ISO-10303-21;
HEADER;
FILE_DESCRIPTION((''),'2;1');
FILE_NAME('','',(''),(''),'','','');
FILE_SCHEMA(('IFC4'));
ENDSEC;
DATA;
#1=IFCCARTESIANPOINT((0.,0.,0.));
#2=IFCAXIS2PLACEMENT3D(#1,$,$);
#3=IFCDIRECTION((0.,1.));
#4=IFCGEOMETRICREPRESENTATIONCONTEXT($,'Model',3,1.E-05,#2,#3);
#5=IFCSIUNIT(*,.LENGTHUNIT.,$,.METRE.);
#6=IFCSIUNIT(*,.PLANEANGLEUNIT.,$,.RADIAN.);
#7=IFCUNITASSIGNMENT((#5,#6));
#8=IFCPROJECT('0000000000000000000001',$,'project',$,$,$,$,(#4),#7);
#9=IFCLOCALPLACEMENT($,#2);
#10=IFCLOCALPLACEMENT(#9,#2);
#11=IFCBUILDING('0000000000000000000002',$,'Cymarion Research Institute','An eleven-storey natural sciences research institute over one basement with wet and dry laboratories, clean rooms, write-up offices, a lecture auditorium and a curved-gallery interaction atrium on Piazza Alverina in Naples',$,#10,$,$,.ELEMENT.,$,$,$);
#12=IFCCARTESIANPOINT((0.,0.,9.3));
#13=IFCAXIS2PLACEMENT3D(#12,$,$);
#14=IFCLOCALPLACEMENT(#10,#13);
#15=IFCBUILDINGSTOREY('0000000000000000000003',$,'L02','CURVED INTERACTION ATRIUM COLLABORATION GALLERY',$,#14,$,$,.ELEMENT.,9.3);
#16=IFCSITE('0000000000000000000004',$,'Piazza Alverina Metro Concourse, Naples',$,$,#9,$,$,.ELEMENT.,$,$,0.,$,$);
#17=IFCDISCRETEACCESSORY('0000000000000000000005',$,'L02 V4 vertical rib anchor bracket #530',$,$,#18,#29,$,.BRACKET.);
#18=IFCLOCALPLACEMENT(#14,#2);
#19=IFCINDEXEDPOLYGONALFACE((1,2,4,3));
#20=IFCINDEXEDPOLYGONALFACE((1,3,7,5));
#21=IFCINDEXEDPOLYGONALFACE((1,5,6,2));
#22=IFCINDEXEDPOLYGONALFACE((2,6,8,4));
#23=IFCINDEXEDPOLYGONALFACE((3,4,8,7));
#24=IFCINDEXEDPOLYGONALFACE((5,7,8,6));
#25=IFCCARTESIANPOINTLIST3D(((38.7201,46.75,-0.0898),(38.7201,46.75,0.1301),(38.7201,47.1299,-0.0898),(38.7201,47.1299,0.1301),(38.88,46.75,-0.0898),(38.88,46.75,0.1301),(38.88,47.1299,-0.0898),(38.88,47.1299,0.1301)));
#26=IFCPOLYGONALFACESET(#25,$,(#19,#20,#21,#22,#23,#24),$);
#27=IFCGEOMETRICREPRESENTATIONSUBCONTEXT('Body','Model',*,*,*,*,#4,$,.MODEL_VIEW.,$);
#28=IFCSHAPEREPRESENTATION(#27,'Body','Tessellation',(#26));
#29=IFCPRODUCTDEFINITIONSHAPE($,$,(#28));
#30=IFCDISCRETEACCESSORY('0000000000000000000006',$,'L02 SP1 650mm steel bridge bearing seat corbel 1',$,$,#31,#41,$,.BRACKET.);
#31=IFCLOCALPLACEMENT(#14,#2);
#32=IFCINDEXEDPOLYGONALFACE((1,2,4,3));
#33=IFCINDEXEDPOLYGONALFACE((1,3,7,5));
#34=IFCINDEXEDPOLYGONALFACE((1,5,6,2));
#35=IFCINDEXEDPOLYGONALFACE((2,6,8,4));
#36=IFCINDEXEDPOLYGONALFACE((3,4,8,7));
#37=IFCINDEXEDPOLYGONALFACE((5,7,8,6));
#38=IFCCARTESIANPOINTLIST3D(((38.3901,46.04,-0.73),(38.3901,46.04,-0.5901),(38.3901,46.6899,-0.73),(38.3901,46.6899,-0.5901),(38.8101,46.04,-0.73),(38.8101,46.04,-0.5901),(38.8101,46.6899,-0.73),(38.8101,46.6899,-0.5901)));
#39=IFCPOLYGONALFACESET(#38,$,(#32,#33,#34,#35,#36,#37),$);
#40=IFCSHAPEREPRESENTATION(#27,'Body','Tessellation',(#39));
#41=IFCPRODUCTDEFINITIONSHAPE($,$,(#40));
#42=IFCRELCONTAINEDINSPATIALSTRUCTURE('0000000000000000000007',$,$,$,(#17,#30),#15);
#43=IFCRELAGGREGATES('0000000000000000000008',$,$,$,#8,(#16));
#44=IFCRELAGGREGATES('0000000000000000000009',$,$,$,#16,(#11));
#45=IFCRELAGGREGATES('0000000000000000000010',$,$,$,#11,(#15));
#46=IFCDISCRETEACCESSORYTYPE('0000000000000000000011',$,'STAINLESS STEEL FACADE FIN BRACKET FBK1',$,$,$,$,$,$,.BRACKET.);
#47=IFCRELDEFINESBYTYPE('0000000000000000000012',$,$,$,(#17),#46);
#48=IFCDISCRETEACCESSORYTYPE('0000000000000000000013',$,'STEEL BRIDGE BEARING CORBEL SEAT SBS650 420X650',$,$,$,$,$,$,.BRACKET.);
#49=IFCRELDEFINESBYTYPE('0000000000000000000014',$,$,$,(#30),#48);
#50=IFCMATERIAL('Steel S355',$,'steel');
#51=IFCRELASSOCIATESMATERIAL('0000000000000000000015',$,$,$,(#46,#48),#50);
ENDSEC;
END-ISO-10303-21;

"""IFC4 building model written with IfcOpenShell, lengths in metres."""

from ifc_helpers import new_model, si_unit, direction, frame, origin, origin_2d, place, context, subcontext, project, spatial, rectangle, extrude, material, type_object, element, save


model = new_model("IFC4")

# Units and contexts
model_context = context("Model", 3, precision=1e-05, world=origin(), true_north=direction((0.0, 1.0)))
body_context = subcontext(model_context, "Body", "Model", "MODEL_VIEW")
ifc_project = project(units=[si_unit("LENGTHUNIT", "METRE"), si_unit("PLANEANGLEUNIT", "RADIAN")], contexts=[model_context])

# Site, building, storey
site_placement = place(None, origin())
site = spatial("IfcSite", under=ifc_project, at=site_placement, Name="Piazza Alverina Metro Concourse, Naples", CompositionType="ELEMENT", RefElevation=0.0)
building_placement = place(site_placement, origin())
building = spatial("IfcBuilding", under=site, at=building_placement, Name="Cymarion Research Institute", Description="An eleven-storey natural sciences research institute over one basement with wet and dry laboratories, clean rooms, write-up offices, a lecture auditorium and a curved-gallery interaction atrium on Piazza Alverina in Naples", CompositionType="ELEMENT")
storey_placement = place(building_placement, frame((0.0, 0.0, 9.3)))
storey = spatial("IfcBuildingStorey", under=building, at=storey_placement, Name="L02", Description="CURVED INTERACTION ATRIUM COLLABORATION GALLERY", CompositionType="ELEMENT", Elevation=9.3)

# Shared definitions
ifc_material_1 = material(Name="Steel S355", Category="steel")

# Discrete accessories
discrete_accessory_type_1 = type_object("IfcDiscreteAccessoryType", Name="STAINLESS STEEL FACADE FIN BRACKET FBK1", PredefinedType="BRACKET", material=ifc_material_1)
for number, where, z_axis, x_axis, name in (
    (1, (38.8, 46.9399, -0.0898), (0.0, 0.0, 1.0), (0.0, -1.0, 0.0), "L02 V4 vertical rib anchor bracket #530"),
):
    element("IfcDiscreteAccessory", number, at=place(storey_placement, frame(where, z_axis=z_axis, x_axis=x_axis)), inside=storey, type_object=discrete_accessory_type_1, Name=name, PredefinedType="BRACKET", context=body_context, shape_type="SweptSolid", body=[
        extrude(rectangle(XDim=0.3799, YDim=0.1599, at=origin_2d()), origin(), (0.0, 0.0, 1.0), 0.22),
    ])
discrete_accessory_type_2 = type_object("IfcDiscreteAccessoryType", Name="STEEL BRIDGE BEARING CORBEL SEAT SBS650 420X650", PredefinedType="BRACKET", material=ifc_material_1)
discrete_accessory_1_placement = place(storey_placement, frame((38.6001, 46.365, -0.73), z_axis=(0.0, 0.0, 1.0), x_axis=(1.0, 0.0, 0.0)))
element("IfcDiscreteAccessory", 2, at=discrete_accessory_1_placement, inside=storey, type_object=discrete_accessory_type_2, Name="L02 SP1 650mm steel bridge bearing seat corbel 1", PredefinedType="BRACKET", context=body_context, shape_type="SweptSolid", body=[
    extrude(rectangle(XDim=0.4199, YDim=0.6499, at=origin_2d()), origin(), (0.0, 0.0, 1.0), 0.1399),
])

save(model, "model.ifc")
